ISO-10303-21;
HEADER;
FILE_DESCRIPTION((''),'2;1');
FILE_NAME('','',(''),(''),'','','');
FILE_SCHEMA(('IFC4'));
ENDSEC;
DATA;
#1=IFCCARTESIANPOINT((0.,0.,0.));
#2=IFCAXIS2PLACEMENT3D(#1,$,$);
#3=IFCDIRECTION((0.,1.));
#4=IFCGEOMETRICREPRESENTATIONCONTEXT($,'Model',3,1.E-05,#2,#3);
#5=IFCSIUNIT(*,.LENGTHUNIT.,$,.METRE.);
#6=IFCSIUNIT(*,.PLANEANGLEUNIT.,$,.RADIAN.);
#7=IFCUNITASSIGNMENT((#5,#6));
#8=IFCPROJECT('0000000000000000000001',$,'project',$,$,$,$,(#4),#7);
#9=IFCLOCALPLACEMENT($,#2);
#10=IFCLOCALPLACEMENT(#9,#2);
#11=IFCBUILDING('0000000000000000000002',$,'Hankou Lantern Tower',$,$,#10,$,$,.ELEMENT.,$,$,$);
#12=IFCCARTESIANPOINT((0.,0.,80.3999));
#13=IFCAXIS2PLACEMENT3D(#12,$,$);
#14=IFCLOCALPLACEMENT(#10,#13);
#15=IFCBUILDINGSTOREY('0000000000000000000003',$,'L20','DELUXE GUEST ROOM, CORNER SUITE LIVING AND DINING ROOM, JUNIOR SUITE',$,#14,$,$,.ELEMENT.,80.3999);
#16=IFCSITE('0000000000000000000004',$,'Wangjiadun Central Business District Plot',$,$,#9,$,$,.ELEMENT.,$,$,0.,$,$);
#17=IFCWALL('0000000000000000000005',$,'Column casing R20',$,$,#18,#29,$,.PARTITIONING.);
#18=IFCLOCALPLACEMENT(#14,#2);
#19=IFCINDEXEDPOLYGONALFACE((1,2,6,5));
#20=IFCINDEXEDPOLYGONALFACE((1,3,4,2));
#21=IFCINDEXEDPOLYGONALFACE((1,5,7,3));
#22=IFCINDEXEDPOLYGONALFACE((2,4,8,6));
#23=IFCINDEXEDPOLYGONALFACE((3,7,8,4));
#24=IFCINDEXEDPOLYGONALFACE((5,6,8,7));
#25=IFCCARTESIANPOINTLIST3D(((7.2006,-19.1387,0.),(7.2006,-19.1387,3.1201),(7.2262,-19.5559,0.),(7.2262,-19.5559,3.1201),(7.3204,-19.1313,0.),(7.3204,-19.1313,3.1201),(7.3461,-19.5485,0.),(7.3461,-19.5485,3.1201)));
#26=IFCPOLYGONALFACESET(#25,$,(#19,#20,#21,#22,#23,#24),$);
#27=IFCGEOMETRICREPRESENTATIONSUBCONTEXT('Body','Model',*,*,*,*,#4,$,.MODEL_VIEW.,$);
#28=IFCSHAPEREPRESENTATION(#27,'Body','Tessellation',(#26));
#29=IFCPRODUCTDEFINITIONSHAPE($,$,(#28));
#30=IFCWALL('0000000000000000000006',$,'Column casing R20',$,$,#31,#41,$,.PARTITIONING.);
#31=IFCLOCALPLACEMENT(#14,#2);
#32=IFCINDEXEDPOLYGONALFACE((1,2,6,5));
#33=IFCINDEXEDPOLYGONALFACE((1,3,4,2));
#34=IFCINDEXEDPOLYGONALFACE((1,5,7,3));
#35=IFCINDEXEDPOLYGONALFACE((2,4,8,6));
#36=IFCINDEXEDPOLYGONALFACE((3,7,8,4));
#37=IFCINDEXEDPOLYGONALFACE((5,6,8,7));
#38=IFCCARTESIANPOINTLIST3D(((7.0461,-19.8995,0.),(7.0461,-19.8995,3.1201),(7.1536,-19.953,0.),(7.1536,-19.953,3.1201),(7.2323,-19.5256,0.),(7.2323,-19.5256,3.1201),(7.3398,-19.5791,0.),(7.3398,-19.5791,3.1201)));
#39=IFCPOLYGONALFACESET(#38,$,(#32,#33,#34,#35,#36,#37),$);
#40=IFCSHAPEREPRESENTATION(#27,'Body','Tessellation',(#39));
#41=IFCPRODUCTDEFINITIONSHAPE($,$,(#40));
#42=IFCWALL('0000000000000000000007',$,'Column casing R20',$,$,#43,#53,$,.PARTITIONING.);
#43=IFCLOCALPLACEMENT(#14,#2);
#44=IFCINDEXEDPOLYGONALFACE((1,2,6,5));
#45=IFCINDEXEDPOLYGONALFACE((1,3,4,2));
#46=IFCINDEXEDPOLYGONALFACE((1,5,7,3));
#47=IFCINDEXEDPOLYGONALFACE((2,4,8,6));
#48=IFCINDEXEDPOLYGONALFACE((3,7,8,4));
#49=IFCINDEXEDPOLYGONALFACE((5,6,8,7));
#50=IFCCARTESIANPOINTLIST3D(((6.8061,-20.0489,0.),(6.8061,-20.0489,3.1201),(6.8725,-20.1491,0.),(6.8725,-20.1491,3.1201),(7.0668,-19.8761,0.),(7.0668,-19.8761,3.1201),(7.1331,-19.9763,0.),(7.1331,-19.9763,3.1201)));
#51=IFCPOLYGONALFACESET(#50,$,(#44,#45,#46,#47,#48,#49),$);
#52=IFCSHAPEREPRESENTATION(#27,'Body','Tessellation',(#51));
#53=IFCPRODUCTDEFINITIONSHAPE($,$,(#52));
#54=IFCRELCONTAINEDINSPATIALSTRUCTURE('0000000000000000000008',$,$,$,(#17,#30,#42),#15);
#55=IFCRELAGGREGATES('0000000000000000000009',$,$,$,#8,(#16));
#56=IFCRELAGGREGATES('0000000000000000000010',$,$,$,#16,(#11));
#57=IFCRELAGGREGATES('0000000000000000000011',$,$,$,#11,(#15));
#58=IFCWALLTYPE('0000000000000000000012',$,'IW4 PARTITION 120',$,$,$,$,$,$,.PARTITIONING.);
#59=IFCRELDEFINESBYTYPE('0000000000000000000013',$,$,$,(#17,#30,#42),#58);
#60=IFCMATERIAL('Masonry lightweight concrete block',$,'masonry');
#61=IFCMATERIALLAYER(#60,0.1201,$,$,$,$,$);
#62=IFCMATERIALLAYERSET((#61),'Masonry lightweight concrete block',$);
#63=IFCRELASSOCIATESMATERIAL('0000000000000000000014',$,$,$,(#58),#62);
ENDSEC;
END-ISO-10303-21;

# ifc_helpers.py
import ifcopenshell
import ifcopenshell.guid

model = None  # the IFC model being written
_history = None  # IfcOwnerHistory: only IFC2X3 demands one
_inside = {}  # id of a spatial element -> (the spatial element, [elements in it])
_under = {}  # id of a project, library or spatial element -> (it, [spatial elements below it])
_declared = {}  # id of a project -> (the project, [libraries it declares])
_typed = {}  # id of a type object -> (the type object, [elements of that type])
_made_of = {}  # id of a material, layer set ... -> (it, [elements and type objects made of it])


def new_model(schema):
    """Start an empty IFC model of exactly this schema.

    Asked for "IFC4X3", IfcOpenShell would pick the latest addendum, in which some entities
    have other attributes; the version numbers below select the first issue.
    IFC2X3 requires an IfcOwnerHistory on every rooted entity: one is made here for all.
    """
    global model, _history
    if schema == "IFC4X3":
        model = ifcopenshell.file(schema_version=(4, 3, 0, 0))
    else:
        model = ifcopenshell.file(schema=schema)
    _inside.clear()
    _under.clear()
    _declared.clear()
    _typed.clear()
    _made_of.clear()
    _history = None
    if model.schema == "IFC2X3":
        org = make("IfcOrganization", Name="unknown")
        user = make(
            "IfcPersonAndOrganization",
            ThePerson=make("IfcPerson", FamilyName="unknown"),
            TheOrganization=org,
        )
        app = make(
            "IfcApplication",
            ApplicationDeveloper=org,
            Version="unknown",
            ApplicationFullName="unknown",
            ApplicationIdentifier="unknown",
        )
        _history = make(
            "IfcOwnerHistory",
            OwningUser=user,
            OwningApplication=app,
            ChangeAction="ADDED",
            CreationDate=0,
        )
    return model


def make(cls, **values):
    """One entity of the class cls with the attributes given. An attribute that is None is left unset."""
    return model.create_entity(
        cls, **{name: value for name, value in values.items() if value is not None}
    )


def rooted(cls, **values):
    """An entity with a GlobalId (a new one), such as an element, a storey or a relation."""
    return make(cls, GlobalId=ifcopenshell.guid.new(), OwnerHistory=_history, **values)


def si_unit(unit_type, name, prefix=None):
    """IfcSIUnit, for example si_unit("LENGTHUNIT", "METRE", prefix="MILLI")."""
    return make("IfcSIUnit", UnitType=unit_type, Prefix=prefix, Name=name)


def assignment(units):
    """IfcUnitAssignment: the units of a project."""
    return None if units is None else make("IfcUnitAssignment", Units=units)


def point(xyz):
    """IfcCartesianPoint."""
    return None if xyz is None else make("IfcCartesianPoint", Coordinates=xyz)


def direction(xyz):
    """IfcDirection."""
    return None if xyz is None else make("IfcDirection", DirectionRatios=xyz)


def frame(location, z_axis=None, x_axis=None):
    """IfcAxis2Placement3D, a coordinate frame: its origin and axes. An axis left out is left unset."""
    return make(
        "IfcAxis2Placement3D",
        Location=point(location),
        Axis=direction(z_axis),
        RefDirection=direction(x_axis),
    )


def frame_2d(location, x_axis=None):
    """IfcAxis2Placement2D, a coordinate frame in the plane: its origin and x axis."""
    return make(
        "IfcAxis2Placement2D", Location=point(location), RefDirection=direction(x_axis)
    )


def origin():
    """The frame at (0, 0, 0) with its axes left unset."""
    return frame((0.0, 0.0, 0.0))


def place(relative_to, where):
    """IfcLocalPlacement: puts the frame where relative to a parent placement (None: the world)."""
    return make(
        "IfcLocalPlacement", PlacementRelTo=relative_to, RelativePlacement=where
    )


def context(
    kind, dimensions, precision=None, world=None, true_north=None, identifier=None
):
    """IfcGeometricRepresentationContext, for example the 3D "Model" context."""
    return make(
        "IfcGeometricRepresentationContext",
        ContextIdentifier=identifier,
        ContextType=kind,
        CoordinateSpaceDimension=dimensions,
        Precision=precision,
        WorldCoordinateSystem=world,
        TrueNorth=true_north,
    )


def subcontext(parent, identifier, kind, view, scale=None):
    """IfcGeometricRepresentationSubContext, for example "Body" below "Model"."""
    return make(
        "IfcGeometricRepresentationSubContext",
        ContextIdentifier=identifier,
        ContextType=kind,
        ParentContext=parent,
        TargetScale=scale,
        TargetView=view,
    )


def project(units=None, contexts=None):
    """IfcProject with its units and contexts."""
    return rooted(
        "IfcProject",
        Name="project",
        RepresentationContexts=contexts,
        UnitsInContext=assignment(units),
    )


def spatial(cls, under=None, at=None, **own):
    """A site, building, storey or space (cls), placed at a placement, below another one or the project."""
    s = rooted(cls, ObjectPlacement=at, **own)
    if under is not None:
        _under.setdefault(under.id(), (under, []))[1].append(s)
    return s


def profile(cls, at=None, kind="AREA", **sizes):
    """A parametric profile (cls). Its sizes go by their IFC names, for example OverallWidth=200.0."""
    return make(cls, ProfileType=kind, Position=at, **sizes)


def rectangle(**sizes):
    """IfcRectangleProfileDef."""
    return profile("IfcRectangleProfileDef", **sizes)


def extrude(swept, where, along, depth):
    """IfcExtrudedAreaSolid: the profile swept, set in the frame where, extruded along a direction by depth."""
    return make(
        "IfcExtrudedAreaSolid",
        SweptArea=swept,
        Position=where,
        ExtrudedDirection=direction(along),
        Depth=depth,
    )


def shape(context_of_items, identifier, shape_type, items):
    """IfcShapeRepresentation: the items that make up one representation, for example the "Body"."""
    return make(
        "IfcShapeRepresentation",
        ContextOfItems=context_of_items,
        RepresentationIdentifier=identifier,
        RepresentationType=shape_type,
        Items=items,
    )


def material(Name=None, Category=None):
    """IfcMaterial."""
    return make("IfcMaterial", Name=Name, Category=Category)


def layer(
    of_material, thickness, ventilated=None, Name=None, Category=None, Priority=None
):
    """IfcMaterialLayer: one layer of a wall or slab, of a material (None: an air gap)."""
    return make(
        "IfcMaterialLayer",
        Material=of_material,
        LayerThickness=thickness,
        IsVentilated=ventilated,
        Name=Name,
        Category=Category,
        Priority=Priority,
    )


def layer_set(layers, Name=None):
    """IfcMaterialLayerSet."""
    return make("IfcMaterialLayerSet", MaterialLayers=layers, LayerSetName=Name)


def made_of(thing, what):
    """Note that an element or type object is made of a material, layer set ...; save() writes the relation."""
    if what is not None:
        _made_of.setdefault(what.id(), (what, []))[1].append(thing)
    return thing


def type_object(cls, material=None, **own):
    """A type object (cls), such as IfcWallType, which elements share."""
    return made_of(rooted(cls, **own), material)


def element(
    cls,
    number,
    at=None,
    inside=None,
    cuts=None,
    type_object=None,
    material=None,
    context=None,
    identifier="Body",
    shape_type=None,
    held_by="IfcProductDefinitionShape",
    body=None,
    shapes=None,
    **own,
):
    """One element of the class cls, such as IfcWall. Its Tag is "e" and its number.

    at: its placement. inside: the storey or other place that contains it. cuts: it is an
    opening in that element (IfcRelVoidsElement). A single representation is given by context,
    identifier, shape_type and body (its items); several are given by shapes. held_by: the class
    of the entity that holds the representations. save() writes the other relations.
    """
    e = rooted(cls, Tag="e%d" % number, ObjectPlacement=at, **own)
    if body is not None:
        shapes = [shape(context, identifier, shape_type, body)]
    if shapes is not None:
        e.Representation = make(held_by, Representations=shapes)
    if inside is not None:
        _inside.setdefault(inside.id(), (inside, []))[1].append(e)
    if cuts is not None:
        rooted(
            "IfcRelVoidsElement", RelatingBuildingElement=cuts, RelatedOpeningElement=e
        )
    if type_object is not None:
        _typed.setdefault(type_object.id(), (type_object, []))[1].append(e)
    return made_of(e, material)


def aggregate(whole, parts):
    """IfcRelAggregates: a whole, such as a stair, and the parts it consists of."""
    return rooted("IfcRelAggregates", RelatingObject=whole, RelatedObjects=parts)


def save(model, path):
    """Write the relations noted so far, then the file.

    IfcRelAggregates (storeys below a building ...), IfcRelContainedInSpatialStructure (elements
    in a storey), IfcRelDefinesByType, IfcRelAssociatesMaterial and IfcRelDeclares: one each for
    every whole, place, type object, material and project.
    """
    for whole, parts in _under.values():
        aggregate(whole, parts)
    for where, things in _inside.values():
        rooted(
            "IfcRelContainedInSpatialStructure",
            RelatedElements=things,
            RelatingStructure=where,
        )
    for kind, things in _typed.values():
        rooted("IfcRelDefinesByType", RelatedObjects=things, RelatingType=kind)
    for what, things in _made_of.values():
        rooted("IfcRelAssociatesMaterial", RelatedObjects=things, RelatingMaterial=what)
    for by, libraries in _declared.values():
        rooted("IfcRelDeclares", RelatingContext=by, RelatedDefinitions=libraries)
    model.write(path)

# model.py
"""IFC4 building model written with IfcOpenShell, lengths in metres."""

from ifc_helpers import new_model, si_unit, direction, frame, frame_2d, origin, place, context, subcontext, project, spatial, rectangle, extrude, material, layer, layer_set, type_object, element, save


model = new_model("IFC4")

# Units and contexts
model_context = context("Model", 3, precision=1e-05, world=origin(), true_north=direction((0.0, 1.0)))
body_context = subcontext(model_context, "Body", "Model", "MODEL_VIEW")
ifc_project = project(units=[si_unit("LENGTHUNIT", "METRE"), si_unit("PLANEANGLEUNIT", "RADIAN")], contexts=[model_context])

# Site, building, storey
site_placement = place(None, origin())
site = spatial("IfcSite", under=ifc_project, at=site_placement, Name="Wangjiadun Central Business District Plot", CompositionType="ELEMENT", RefElevation=0.0)
building_placement = place(site_placement, origin())
building = spatial("IfcBuilding", under=site, at=building_placement, Name="Hankou Lantern Tower", CompositionType="ELEMENT")
storey_placement = place(building_placement, frame((0.0, 0.0, 80.3999)))
storey = spatial("IfcBuildingStorey", under=building, at=storey_placement, Name="L20", Description="DELUXE GUEST ROOM, CORNER SUITE LIVING AND DINING ROOM, JUNIOR SUITE", CompositionType="ELEMENT", Elevation=80.3999)

# Walls
ifc_material_1 = material(Name="Masonry lightweight concrete block", Category="masonry")
ifc_layer_1 = layer(ifc_material_1, 0.1201)
ifc_layer_set_1 = layer_set([ifc_layer_1], Name="Masonry lightweight concrete block")
wall_type_1 = type_object("IfcWallType", Name="IW4 PARTITION 120", PredefinedType="PARTITIONING", material=ifc_layer_set_1)
wall_1_placement = place(storey_placement, frame((7.2605, -19.135, 0.0), z_axis=(0.0, 0.0, 1.0), x_axis=(0.061324, -0.998118, 0.0)))
element("IfcWall", 1, at=wall_1_placement, inside=storey, type_object=wall_type_1, Name="Column casing R20", PredefinedType="PARTITIONING", context=body_context, shape_type="SweptSolid", body=[
    extrude(rectangle(XDim=0.418, YDim=0.1201, at=frame_2d((0.209, 0.0))), origin(), (0.0, 0.0, 1.0), 3.1201),
])
wall_2_placement = place(storey_placement, frame((7.2861, -19.5522, 0.0), z_axis=(0.0, 0.0, 1.0), x_axis=(-0.445811, -0.895127, 0.0)))
element("IfcWall", 2, at=wall_2_placement, inside=storey, type_object=wall_type_1, Name="Column casing R20", PredefinedType="PARTITIONING", context=body_context, shape_type="SweptSolid", body=[
    extrude(rectangle(XDim=0.4177, YDim=0.1201, at=frame_2d((0.209, 0.0))), origin(), (0.0, 0.0, 1.0), 3.1201),
])
wall_3_placement = place(storey_placement, frame((7.0999, -19.9263, 0.0), z_axis=(0.0, 0.0, 1.0), x_axis=(-0.833488, -0.552537, 0.0)))
element("IfcWall", 3, at=wall_3_placement, inside=storey, type_object=wall_type_1, Name="Column casing R20", PredefinedType="PARTITIONING", context=body_context, shape_type="SweptSolid", body=[
    extrude(rectangle(XDim=0.3127, YDim=0.1201, at=frame_2d((0.1562, 0.0))), origin(), (0.0, 0.0, 1.0), 3.1201),
])

save(model, "model.ifc")
